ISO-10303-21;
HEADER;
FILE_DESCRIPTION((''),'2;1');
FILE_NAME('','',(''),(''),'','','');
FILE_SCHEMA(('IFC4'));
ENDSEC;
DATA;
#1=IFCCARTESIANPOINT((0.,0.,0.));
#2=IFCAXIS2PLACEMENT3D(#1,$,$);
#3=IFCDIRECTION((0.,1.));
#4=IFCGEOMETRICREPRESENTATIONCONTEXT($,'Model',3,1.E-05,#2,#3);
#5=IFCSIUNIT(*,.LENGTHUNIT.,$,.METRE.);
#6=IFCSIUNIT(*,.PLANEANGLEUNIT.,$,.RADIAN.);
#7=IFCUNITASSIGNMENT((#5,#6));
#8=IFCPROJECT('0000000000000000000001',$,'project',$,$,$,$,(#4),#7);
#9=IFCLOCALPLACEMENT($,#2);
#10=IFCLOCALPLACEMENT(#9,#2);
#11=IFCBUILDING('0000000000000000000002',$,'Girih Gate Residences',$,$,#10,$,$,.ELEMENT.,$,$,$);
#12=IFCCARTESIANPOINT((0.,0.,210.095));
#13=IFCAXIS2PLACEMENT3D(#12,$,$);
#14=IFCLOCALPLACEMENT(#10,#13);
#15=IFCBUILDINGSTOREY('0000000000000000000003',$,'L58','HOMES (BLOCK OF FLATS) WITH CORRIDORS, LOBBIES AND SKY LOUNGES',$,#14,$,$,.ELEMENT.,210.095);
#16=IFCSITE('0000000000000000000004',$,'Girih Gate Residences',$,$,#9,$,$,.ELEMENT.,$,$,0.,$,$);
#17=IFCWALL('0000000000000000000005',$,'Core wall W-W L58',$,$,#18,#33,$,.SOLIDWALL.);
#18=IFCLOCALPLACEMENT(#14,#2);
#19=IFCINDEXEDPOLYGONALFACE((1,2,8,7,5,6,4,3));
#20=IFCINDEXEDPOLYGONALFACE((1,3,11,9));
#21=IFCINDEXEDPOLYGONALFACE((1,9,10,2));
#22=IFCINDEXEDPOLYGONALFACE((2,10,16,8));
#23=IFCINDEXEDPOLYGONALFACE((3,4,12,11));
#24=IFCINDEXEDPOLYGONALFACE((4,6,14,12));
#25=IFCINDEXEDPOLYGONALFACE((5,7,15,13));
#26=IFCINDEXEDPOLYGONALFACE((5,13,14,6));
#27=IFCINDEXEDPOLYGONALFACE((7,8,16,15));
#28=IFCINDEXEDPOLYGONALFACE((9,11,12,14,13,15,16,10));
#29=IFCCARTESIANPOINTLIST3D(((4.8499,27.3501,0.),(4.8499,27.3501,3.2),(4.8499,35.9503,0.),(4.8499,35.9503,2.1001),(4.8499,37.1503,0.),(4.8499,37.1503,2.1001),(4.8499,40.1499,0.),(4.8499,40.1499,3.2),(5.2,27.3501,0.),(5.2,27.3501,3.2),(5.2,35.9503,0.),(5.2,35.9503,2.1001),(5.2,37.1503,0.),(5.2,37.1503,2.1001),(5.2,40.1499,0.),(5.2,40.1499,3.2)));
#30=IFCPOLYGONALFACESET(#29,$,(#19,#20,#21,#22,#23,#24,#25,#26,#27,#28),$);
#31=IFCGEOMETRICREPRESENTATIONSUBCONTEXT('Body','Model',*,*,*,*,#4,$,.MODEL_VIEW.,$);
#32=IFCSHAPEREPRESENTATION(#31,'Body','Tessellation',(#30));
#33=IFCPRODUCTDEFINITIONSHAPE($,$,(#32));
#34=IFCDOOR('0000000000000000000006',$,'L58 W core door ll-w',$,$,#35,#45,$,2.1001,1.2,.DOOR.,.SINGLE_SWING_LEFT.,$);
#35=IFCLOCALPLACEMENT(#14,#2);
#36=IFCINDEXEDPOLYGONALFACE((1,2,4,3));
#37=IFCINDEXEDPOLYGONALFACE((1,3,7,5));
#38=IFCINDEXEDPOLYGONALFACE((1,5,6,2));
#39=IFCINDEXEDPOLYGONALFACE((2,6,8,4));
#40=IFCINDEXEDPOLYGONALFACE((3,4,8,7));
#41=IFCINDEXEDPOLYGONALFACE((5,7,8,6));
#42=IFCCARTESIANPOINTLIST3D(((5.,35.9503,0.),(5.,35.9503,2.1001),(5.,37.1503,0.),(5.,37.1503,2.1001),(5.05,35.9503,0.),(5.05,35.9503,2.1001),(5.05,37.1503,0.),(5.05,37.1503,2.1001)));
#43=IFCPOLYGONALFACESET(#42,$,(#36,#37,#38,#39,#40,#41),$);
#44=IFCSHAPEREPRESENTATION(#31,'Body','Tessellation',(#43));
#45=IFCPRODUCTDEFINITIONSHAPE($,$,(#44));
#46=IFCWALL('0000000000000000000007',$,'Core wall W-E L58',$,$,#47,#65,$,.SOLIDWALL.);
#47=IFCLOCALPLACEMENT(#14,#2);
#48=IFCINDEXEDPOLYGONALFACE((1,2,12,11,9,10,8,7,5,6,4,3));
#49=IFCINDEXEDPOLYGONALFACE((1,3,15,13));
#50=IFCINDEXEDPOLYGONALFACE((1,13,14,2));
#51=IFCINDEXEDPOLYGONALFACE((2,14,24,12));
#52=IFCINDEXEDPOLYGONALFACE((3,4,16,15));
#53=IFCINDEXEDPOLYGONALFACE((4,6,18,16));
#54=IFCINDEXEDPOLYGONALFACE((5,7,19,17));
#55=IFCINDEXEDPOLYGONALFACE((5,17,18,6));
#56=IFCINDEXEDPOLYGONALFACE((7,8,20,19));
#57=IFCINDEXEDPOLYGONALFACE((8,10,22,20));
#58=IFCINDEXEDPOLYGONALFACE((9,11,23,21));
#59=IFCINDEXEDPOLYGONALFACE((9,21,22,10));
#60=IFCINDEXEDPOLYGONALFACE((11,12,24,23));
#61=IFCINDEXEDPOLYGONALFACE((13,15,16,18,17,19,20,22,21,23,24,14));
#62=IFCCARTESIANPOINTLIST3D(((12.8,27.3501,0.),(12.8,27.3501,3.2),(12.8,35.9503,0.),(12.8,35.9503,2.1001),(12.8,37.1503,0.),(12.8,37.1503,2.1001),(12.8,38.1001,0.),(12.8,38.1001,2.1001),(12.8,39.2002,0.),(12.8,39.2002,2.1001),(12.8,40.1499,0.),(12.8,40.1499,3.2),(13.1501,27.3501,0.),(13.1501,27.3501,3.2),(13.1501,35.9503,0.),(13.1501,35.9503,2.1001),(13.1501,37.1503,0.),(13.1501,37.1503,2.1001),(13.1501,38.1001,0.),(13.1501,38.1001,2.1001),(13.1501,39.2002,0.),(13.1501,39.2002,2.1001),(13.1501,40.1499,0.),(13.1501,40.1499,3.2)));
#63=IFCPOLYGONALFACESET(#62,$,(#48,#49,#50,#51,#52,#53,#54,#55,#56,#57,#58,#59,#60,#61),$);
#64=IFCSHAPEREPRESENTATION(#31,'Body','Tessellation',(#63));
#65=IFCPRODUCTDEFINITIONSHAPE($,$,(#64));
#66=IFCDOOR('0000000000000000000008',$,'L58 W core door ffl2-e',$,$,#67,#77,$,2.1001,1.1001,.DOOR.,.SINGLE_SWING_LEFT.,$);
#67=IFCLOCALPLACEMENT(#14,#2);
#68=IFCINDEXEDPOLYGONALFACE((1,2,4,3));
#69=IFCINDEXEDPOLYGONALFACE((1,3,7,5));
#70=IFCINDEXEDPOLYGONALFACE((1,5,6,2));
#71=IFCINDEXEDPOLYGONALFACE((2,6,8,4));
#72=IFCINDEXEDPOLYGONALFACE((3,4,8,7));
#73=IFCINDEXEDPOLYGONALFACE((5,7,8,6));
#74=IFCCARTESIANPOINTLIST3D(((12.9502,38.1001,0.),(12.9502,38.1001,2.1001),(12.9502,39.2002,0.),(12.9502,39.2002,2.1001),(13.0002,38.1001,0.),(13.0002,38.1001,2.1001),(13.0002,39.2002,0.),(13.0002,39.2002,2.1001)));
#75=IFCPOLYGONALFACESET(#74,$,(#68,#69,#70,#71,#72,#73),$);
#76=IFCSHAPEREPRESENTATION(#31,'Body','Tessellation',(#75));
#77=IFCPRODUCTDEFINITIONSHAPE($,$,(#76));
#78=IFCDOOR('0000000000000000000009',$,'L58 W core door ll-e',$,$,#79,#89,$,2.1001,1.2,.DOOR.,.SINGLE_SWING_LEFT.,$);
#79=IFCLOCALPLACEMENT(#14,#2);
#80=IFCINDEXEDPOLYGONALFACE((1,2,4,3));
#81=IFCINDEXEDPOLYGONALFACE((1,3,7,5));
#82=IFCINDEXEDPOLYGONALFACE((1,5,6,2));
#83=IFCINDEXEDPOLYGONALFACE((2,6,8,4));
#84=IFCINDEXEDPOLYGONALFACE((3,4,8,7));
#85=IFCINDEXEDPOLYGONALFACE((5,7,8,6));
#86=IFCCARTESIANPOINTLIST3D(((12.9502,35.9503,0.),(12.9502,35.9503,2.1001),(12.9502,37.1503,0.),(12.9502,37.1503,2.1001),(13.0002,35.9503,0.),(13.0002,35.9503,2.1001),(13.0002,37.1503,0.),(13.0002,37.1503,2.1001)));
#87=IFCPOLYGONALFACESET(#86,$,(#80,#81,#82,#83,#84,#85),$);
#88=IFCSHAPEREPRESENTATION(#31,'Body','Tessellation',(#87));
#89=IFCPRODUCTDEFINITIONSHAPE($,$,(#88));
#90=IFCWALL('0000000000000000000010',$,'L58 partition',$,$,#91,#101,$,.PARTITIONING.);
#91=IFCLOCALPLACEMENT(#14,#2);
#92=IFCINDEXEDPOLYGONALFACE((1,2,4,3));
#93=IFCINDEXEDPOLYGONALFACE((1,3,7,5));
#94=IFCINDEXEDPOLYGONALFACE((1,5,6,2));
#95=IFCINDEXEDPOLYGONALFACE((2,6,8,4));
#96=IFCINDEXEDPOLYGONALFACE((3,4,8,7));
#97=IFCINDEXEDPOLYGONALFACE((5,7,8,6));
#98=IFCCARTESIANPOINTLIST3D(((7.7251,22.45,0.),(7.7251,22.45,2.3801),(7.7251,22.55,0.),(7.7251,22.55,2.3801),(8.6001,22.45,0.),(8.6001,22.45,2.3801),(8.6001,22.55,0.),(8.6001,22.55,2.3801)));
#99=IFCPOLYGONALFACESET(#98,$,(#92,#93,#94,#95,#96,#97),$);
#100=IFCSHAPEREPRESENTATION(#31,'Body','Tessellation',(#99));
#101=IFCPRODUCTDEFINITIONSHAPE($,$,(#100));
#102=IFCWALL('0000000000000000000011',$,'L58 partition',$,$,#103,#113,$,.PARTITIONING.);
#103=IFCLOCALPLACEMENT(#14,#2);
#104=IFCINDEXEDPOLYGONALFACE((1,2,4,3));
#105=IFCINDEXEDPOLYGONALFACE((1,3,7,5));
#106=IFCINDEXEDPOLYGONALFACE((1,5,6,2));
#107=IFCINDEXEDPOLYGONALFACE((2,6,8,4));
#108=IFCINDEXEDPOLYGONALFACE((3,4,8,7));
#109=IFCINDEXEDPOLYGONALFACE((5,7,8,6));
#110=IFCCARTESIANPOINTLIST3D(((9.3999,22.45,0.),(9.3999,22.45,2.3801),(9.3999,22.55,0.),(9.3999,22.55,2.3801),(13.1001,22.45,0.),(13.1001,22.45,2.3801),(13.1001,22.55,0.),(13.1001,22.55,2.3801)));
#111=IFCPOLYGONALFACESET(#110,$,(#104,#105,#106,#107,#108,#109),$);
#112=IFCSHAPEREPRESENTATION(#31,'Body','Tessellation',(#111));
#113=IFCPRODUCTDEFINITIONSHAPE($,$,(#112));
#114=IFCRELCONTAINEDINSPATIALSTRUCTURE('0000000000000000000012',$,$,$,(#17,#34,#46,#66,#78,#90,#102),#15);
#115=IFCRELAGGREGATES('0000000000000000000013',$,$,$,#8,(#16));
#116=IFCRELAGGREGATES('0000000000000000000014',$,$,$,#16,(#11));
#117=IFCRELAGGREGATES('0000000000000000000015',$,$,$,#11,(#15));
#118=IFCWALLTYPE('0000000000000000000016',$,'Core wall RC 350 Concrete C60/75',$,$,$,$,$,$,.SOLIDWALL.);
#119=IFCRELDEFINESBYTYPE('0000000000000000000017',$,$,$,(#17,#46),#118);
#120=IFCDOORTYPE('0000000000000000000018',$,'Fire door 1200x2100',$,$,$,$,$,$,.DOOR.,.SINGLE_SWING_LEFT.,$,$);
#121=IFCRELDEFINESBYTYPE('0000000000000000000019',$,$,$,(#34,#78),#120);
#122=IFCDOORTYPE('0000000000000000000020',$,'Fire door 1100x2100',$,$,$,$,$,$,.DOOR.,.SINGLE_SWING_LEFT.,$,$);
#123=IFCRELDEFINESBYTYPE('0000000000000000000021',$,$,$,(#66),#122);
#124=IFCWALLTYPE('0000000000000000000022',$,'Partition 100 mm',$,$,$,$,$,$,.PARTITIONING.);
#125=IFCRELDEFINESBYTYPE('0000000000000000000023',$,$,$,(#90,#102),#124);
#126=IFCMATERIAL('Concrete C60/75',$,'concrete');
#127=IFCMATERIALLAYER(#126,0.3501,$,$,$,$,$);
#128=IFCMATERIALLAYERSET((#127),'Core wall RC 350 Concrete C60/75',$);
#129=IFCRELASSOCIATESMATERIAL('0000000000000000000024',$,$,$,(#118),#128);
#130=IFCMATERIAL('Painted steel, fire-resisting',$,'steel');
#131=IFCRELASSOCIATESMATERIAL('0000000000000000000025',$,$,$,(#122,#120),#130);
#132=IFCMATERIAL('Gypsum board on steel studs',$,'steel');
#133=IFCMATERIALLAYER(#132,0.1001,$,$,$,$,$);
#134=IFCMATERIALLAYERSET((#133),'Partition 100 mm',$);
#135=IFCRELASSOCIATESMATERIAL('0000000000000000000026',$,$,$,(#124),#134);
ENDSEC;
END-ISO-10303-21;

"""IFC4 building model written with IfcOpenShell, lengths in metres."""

from ifc_helpers import new_model, si_unit, direction, frame, frame_2d, origin, place, context, subcontext, project, spatial, rectangle, extrude, material, layer, layer_set, type_object, element, fill, save


model = new_model("IFC4")

# Units and contexts
model_context = context("Model", 3, precision=1e-05, world=origin(), true_north=direction((0.0, 1.0)))
body_context = subcontext(model_context, "Body", "Model", "MODEL_VIEW")
ifc_project = project(units=[si_unit("LENGTHUNIT", "METRE"), si_unit("PLANEANGLEUNIT", "RADIAN")], contexts=[model_context])

# Site, building, storey
site_placement = place(None, origin())
site = spatial("IfcSite", under=ifc_project, at=site_placement, Name="Girih Gate Residences", CompositionType="ELEMENT", RefElevation=0.0)
building_placement = place(site_placement, origin())
building = spatial("IfcBuilding", under=site, at=building_placement, Name="Girih Gate Residences", CompositionType="ELEMENT")
storey_placement = place(building_placement, frame((0.0, 0.0, 210.095)))
storey = spatial("IfcBuildingStorey", under=building, at=storey_placement, Name="L58", Description="HOMES (BLOCK OF FLATS) WITH CORRIDORS, LOBBIES AND SKY LOUNGES", CompositionType="ELEMENT", Elevation=210.095)

# Shared definitions
ifc_material_1 = material(Name="Concrete C60/75", Category="concrete")

# Shared definitions
ifc_material_2 = material(Name="Gypsum board on steel studs", Category="steel")

# Shared definitions
ifc_layer_1 = layer(ifc_material_1, 0.3501)
ifc_layer_set_1 = layer_set([ifc_layer_1], Name="Core wall RC 350 Concrete C60/75")
wall_type_1 = type_object("IfcWallType", Name="Core wall RC 350 Concrete C60/75", PredefinedType="SOLIDWALL", material=ifc_layer_set_1)
ifc_material_3 = material(Name="Painted steel, fire-resisting", Category="steel")
door_type_1 = type_object("IfcDoorType", Name="Fire door 1100x2100", OperationType="SINGLE_SWING_LEFT", PredefinedType="DOOR", material=ifc_material_3)

# Wall, opening, door
wall_1_placement = place(storey_placement, frame((5.0249, 27.3501, 0.0), z_axis=(0.0, 0.0, 1.0), x_axis=(0.0, 1.0, 0.0)))
wall_1 = element("IfcWall", 1, at=wall_1_placement, inside=storey, type_object=wall_type_1, Name="Core wall W-W L58", PredefinedType="SOLIDWALL", context=body_context, shape_type="SweptSolid", body=[
    extrude(rectangle(XDim=12.7998, YDim=0.3501, at=frame_2d((6.3999, 0.0))), origin(), (0.0, 0.0, 1.0), 3.2),
])
opening_1_placement = place(wall_1_placement, frame((8.6001, 0.0, 0.0)))
opening_1 = element("IfcOpeningElement", 2, at=opening_1_placement, cuts=wall_1, PredefinedType="OPENING", context=body_context, shape_type="SweptSolid", body=[
    extrude(rectangle(XDim=1.2, YDim=2.1001, at=frame_2d((0.6001, 1.05))), frame((0.0, 0.1851, 0.0), z_axis=(0.0, -1.0, 0.0), x_axis=(1.0, 0.0, 0.0)), (0.0, 0.0, 1.0), 0.3701),
])
door_type_2 = type_object("IfcDoorType", Name="Fire door 1200x2100", OperationType="SINGLE_SWING_LEFT", PredefinedType="DOOR", material=ifc_material_3)
door_1_placement = place(opening_1_placement, origin())
door_1 = element("IfcDoor", 3, at=door_1_placement, inside=storey, type_object=door_type_2, Name="L58 W core door ll-w", OperationType="SINGLE_SWING_LEFT", OverallHeight=2.1001, OverallWidth=1.2, PredefinedType="DOOR", context=body_context, shape_type="SweptSolid", body=[
    extrude(rectangle(XDim=1.2, YDim=2.1001, at=frame_2d((0.6001, 1.05))), frame((0.0, 0.0249, 0.0), z_axis=(0.0, -1.0, 0.0), x_axis=(1.0, 0.0, 0.0)), (0.0, 0.0, 1.0), 0.05),
])
fill(opening_1, door_1)

# Wall, openings, doors
wall_2_placement = place(storey_placement, frame((12.9751, 27.3501, 0.0), z_axis=(0.0, 0.0, 1.0), x_axis=(0.0, 1.0, 0.0)))
wall_2 = element("IfcWall", 4, at=wall_2_placement, inside=storey, type_object=wall_type_1, Name="Core wall W-E L58", PredefinedType="SOLIDWALL", context=body_context, shape_type="SweptSolid", body=[
    extrude(rectangle(XDim=12.7998, YDim=0.3501, at=frame_2d((6.3999, 0.0))), origin(), (0.0, 0.0, 1.0), 3.2),
])
opening_2_placement = place(wall_2_placement, frame((10.75, 0.0, 0.0)))
opening_2 = element("IfcOpeningElement", 5, at=opening_2_placement, cuts=wall_2, PredefinedType="OPENING", context=body_context, shape_type="SweptSolid", body=[
    extrude(rectangle(XDim=1.1001, YDim=2.1001, at=frame_2d((0.55, 1.05))), frame((0.0, 0.1851, 0.0), z_axis=(0.0, -1.0, 0.0), x_axis=(1.0, 0.0, 0.0)), (0.0, 0.0, 1.0), 0.3701),
])
opening_3_placement = place(wall_2_placement, frame((8.6001, 0.0, 0.0)))
opening_3 = element("IfcOpeningElement", 6, at=opening_3_placement, cuts=wall_2, PredefinedType="OPENING", context=body_context, shape_type="SweptSolid", body=[
    extrude(rectangle(XDim=1.2, YDim=2.1001, at=frame_2d((0.6001, 1.05))), frame((0.0, 0.1851, 0.0), z_axis=(0.0, -1.0, 0.0), x_axis=(1.0, 0.0, 0.0)), (0.0, 0.0, 1.0), 0.3701),
])
door_2_placement = place(opening_2_placement, origin())
door_2 = element("IfcDoor", 7, at=door_2_placement, inside=storey, type_object=door_type_1, Name="L58 W core door ffl2-e", OperationType="SINGLE_SWING_LEFT", OverallHeight=2.1001, OverallWidth=1.1001, PredefinedType="DOOR", context=body_context, shape_type="SweptSolid", body=[
    extrude(rectangle(XDim=1.1001, YDim=2.1001, at=frame_2d((0.55, 1.05))), frame((0.0, 0.0249, 0.0), z_axis=(0.0, -1.0, 0.0), x_axis=(1.0, 0.0, 0.0)), (0.0, 0.0, 1.0), 0.05),
])
fill(opening_2, door_2)
door_3_placement = place(opening_3_placement, origin())
door_3 = element("IfcDoor", 8, at=door_3_placement, inside=storey, type_object=door_type_2, Name="L58 W core door ll-e", OperationType="SINGLE_SWING_LEFT", OverallHeight=2.1001, OverallWidth=1.2, PredefinedType="DOOR", context=body_context, shape_type="SweptSolid", body=[
    extrude(rectangle(XDim=1.2, YDim=2.1001, at=frame_2d((0.6001, 1.05))), frame((0.0, 0.0249, 0.0), z_axis=(0.0, -1.0, 0.0), x_axis=(1.0, 0.0, 0.0)), (0.0, 0.0, 1.0), 0.05),
])
fill(opening_3, door_3)

# Walls
ifc_layer_2 = layer(ifc_material_2, 0.1001)
ifc_layer_set_2 = layer_set([ifc_layer_2], Name="Partition 100 mm")
wall_type_2 = type_object("IfcWallType", Name="Partition 100 mm", PredefinedType="PARTITIONING", material=ifc_layer_set_2)
wall_3_placement = place(storey_placement, frame((7.7251, 22.5, 0.0), z_axis=(0.0, 0.0, 1.0), x_axis=(1.0, 0.0, 0.0)))
element("IfcWall", 9, at=wall_3_placement, inside=storey, type_object=wall_type_2, Name="L58 partition", PredefinedType="PARTITIONING", context=body_context, shape_type="SweptSolid", body=[
    extrude(rectangle(XDim=0.875, YDim=0.1001, at=frame_2d((0.4375, 0.0))), origin(), (0.0, 0.0, 1.0), 2.3801),
])
wall_4_placement = place(storey_placement, frame((9.3999, 22.5, 0.0), z_axis=(0.0, 0.0, 1.0), x_axis=(1.0, 0.0, 0.0)))
element("IfcWall", 10, at=wall_4_placement, inside=storey, type_object=wall_type_2, Name="L58 partition", PredefinedType="PARTITIONING", context=body_context, shape_type="SweptSolid", body=[
    extrude(rectangle(XDim=3.7002, YDim=0.1001, at=frame_2d((1.8501, 0.0))), origin(), (0.0, 0.0, 1.0), 2.3801),
])

save(model, "model.ifc")
